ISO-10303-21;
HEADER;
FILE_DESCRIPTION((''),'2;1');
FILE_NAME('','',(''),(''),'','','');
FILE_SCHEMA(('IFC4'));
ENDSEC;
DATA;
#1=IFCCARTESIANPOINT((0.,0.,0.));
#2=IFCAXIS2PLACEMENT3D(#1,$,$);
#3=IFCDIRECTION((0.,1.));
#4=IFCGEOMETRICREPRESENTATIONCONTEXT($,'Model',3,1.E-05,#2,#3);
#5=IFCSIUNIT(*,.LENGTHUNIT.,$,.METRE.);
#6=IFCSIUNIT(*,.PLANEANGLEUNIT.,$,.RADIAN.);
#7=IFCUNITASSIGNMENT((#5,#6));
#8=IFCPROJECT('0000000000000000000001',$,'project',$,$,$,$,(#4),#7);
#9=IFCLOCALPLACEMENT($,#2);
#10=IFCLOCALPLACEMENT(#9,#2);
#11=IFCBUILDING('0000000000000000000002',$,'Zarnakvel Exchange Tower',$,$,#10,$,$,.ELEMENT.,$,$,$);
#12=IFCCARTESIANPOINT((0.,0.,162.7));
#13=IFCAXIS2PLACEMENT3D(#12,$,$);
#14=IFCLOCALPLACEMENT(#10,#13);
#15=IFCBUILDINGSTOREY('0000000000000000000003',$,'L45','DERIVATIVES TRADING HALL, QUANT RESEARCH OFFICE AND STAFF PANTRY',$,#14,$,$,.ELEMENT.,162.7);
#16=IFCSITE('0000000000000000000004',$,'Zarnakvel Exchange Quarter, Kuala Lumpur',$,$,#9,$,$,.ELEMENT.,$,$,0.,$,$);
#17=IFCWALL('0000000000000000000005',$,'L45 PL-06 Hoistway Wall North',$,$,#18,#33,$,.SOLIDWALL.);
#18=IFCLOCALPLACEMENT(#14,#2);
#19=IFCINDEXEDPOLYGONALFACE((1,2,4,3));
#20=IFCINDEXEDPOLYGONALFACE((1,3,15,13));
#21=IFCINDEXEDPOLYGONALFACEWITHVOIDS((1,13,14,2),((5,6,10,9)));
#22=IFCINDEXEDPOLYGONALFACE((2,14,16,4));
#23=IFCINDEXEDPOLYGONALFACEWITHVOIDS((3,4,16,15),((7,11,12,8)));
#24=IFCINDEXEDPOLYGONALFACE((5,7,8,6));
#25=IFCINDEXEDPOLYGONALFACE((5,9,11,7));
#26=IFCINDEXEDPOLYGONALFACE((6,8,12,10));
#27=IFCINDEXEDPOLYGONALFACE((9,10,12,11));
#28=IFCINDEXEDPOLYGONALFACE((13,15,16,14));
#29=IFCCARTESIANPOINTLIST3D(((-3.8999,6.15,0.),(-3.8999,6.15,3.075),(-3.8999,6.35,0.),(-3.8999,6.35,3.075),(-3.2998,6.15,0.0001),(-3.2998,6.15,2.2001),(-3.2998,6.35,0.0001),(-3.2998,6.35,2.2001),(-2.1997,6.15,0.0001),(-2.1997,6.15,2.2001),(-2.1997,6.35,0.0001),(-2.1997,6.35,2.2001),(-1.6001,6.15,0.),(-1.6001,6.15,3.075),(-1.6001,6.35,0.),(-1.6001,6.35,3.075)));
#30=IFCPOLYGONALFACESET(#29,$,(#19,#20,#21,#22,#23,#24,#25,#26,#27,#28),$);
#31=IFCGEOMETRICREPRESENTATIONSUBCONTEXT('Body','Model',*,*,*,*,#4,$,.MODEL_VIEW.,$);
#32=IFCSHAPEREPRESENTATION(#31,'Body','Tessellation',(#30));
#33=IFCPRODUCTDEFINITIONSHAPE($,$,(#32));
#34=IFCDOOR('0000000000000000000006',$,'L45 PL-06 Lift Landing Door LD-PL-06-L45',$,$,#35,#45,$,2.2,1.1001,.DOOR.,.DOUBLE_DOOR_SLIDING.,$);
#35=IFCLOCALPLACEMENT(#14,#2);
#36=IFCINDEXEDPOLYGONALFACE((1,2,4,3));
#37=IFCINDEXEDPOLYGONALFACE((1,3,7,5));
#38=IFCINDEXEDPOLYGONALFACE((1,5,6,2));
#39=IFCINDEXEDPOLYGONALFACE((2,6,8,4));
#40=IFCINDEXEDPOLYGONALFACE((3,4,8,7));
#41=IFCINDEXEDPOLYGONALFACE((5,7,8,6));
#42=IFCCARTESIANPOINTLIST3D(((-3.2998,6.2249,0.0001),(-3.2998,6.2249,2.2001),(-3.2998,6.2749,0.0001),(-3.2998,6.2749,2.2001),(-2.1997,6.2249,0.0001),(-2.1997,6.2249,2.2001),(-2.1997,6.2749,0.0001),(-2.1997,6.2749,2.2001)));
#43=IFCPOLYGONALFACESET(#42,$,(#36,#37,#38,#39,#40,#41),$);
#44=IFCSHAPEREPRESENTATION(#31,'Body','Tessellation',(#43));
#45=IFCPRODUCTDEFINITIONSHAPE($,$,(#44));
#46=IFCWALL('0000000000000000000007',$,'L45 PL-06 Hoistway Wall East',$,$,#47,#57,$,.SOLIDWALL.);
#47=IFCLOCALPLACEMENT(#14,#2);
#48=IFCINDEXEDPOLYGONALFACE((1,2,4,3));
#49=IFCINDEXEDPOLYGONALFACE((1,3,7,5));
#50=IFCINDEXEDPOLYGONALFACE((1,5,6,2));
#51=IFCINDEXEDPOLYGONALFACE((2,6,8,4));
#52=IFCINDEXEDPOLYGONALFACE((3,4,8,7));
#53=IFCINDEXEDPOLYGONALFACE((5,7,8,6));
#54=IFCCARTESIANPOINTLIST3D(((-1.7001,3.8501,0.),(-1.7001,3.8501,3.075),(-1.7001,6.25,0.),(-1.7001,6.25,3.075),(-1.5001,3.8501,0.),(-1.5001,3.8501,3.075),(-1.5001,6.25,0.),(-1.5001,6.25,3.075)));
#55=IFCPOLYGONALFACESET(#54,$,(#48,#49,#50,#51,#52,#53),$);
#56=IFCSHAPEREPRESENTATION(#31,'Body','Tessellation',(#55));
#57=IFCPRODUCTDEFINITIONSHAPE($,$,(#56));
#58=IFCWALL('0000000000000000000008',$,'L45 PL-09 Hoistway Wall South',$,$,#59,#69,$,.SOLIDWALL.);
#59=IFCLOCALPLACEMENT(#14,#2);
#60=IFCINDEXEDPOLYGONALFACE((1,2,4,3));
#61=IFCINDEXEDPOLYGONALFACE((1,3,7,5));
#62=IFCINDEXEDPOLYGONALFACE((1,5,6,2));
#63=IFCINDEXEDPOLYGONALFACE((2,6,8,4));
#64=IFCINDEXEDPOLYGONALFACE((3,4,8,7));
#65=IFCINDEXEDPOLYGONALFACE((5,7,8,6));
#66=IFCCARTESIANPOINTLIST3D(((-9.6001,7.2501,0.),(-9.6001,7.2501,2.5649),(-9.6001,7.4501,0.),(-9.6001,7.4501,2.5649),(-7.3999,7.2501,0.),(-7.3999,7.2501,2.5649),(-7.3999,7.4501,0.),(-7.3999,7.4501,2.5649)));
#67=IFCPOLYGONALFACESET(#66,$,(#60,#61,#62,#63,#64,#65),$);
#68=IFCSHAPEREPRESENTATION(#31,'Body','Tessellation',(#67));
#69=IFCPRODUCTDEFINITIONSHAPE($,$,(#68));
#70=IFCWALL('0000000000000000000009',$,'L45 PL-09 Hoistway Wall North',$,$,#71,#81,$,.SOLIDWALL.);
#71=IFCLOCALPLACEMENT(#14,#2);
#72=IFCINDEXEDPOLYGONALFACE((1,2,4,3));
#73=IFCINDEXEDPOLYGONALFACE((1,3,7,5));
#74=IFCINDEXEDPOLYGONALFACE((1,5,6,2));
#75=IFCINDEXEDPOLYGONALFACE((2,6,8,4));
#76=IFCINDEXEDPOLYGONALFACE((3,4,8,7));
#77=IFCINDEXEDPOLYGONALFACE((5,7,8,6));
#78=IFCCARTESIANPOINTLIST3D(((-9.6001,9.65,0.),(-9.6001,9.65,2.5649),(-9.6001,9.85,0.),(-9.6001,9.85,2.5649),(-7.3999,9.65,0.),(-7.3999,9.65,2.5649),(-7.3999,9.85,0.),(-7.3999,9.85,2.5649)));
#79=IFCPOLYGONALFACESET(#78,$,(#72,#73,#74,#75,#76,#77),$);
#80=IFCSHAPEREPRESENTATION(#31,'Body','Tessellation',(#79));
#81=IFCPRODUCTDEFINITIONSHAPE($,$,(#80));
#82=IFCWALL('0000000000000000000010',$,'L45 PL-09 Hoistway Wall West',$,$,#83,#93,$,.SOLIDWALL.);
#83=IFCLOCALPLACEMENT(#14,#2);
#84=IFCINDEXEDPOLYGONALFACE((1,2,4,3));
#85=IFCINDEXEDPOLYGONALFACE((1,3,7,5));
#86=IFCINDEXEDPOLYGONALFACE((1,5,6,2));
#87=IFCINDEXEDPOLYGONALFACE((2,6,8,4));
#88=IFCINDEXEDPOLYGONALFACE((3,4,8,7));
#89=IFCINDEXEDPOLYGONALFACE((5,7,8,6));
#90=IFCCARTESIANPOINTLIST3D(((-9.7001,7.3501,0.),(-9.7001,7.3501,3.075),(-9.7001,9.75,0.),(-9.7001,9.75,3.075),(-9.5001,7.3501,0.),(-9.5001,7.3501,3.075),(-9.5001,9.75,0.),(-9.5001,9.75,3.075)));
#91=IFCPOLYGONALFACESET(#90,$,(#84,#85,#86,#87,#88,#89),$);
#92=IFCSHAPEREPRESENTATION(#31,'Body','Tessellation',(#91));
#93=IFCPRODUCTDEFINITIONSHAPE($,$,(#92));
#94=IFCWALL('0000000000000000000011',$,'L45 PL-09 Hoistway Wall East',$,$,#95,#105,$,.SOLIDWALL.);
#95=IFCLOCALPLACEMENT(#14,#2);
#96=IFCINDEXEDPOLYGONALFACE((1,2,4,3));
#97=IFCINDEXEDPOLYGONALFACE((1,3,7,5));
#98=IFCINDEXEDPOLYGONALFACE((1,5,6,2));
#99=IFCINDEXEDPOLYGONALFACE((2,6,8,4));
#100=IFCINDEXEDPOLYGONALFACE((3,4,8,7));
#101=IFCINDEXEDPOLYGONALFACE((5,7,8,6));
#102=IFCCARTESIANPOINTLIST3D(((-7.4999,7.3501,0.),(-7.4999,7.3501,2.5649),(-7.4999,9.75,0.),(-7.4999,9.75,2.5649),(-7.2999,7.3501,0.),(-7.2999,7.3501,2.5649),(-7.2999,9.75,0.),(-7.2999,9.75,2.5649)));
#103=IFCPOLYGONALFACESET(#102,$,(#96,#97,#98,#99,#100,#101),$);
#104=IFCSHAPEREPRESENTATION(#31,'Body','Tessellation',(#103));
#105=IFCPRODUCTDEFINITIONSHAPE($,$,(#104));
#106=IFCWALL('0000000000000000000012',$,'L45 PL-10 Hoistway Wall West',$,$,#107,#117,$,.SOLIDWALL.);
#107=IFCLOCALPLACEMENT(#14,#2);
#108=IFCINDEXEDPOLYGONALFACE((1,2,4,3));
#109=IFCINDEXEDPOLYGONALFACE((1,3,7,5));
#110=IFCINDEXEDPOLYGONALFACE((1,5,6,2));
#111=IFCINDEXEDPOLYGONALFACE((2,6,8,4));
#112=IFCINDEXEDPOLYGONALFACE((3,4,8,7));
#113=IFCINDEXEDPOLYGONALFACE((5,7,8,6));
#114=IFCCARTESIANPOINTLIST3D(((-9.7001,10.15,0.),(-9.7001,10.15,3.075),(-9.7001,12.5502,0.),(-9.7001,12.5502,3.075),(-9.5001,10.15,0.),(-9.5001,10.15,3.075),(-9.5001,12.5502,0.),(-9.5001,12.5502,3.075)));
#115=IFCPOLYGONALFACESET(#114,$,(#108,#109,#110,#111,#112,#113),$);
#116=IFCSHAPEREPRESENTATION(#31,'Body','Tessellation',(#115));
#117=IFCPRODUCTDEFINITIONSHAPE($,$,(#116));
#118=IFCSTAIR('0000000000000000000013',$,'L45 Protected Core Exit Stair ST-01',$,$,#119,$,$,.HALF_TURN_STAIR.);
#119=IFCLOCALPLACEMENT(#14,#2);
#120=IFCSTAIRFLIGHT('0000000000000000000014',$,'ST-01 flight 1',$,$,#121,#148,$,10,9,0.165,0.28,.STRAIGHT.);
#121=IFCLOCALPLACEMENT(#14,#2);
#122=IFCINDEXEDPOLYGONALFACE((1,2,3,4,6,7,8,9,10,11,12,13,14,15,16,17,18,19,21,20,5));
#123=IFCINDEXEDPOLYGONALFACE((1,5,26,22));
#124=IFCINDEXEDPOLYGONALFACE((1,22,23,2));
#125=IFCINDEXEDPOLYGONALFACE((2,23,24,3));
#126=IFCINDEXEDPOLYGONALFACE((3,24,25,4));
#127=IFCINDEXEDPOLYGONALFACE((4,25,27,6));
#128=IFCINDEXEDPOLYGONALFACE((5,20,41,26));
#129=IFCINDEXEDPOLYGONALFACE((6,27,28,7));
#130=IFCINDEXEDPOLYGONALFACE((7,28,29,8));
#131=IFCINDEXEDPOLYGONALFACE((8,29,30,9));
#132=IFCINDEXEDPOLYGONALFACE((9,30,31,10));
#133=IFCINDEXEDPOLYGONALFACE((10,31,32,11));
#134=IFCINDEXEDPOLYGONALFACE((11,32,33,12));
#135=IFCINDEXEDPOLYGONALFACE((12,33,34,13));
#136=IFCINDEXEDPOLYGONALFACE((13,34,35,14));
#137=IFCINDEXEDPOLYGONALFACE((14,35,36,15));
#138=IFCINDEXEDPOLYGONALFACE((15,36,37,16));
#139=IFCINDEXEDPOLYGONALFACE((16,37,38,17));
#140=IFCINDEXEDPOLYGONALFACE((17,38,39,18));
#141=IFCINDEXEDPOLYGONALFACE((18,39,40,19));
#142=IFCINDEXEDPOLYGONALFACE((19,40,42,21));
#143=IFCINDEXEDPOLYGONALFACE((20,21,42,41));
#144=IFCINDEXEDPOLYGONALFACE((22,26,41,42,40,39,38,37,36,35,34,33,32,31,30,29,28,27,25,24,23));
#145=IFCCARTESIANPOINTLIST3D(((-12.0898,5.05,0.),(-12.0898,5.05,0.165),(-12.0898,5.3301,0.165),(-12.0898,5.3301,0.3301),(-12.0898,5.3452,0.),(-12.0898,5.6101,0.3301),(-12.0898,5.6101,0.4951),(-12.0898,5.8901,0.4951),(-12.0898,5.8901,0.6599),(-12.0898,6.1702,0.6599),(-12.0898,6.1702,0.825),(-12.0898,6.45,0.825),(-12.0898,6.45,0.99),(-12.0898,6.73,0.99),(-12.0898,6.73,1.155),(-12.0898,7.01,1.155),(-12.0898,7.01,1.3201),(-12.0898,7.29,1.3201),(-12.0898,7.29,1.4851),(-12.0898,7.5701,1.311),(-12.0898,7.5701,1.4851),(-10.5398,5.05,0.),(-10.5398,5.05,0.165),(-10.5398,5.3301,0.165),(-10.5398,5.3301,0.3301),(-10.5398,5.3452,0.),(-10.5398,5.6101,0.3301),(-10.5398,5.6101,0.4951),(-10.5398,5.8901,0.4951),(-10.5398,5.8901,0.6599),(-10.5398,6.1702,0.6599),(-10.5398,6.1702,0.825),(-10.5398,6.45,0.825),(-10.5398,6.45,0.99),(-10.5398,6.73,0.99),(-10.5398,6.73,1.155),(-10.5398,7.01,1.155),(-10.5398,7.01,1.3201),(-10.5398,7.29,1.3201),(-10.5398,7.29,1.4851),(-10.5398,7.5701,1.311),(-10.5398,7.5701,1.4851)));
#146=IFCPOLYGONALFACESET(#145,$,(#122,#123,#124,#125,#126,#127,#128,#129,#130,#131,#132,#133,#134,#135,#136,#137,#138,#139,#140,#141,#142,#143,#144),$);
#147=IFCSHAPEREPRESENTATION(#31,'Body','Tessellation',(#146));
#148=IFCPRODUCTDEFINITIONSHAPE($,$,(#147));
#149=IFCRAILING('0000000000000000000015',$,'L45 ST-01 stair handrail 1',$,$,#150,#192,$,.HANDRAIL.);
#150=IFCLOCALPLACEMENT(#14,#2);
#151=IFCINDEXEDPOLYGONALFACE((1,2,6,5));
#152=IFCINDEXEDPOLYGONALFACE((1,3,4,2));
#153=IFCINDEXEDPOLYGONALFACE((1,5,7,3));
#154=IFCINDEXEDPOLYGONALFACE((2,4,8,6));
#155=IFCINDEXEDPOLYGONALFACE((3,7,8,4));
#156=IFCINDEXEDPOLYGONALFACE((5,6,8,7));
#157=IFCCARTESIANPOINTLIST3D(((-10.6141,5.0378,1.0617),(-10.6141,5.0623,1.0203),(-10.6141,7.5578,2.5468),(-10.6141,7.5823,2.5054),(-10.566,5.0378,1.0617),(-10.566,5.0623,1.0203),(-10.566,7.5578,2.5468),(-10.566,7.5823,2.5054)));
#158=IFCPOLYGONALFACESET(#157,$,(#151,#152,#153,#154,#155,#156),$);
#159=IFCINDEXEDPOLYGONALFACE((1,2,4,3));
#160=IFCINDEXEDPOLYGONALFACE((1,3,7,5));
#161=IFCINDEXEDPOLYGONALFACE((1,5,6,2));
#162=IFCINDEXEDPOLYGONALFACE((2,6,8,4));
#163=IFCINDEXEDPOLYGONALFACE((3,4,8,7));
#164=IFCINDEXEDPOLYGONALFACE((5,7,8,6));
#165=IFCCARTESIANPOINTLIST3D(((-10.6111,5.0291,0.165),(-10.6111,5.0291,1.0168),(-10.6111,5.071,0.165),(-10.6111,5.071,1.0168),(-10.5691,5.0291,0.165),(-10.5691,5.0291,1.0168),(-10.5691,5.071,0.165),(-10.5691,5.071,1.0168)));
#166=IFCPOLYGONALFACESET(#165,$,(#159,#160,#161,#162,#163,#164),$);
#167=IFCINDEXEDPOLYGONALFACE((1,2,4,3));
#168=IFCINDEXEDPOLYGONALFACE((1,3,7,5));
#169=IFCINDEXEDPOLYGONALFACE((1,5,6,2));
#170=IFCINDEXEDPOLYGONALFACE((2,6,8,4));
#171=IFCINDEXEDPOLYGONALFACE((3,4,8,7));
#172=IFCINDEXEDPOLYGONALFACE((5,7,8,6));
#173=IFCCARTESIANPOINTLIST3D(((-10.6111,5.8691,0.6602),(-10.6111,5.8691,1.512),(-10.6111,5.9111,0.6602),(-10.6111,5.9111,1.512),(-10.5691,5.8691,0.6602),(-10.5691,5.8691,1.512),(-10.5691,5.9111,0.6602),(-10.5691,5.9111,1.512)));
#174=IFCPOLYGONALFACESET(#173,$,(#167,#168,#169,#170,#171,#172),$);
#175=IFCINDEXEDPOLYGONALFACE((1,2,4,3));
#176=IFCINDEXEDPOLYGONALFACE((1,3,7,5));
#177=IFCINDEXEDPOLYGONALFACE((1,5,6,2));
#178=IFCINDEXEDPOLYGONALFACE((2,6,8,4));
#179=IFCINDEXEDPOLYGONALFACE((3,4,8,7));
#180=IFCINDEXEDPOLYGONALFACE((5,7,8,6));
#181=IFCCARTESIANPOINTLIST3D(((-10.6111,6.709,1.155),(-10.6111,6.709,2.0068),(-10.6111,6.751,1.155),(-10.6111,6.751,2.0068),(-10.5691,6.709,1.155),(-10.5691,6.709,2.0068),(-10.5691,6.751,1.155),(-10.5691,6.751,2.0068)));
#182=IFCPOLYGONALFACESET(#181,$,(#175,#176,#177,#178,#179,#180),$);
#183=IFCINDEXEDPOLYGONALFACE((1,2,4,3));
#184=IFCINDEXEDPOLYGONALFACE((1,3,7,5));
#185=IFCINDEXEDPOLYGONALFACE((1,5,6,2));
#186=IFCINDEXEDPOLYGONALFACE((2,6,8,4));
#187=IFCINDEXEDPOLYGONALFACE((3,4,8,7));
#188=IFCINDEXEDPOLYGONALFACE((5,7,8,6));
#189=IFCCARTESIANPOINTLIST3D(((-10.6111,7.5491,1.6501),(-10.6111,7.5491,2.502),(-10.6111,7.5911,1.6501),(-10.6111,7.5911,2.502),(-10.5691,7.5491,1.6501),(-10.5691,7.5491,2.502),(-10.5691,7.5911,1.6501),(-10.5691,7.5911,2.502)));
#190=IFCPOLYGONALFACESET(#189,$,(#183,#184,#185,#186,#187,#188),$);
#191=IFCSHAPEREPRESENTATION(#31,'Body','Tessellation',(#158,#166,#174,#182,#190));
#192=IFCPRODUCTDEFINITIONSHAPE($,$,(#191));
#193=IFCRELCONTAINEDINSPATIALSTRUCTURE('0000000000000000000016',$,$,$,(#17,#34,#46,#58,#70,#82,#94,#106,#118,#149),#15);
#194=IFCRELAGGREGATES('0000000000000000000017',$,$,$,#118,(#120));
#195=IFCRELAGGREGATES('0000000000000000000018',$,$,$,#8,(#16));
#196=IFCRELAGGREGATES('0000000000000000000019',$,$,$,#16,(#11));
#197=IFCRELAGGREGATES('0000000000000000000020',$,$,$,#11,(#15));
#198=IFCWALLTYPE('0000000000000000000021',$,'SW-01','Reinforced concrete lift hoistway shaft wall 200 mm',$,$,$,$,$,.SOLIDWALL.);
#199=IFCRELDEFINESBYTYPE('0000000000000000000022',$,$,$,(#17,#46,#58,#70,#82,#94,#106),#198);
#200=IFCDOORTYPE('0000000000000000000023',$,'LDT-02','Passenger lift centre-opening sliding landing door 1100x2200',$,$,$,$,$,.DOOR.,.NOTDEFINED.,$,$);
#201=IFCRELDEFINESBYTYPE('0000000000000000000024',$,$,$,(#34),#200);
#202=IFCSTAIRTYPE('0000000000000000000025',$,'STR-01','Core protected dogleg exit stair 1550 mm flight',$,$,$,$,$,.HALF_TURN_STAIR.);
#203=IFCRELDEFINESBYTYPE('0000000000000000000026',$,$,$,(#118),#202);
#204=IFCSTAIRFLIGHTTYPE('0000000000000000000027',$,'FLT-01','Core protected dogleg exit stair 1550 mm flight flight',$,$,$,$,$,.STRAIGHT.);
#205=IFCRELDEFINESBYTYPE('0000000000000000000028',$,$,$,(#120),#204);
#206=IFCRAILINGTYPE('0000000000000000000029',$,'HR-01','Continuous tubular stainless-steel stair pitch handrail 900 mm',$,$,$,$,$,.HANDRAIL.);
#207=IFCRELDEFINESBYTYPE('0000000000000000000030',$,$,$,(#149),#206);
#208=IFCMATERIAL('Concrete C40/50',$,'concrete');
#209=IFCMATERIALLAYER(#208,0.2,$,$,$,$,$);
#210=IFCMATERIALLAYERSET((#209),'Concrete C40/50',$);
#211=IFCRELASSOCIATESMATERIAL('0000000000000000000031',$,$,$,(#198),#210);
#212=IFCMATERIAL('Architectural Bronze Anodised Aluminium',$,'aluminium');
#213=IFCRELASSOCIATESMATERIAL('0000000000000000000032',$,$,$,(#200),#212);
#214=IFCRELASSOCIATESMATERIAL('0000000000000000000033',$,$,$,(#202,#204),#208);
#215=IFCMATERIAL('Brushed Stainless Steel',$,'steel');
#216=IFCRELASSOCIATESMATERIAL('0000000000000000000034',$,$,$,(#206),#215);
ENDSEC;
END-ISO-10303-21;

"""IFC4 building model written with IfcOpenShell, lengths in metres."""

from ifc_helpers import new_model, si_unit, direction, frame, frame_2d, origin, origin_2d, place, context, subcontext, project, spatial, polyline, rectangle, outline, extrude, source, transform, mapped, material, layer, layer_set, type_object, element, fill, aggregate, save


model = new_model("IFC4")

# Units and contexts
model_context = context("Model", 3, precision=1e-05, world=origin(), true_north=direction((0.0, 1.0)))
body_context = subcontext(model_context, "Body", "Model", "MODEL_VIEW")
ifc_project = project(units=[si_unit("LENGTHUNIT", "METRE"), si_unit("PLANEANGLEUNIT", "RADIAN")], contexts=[model_context])

# Site, building, storey
site_placement = place(None, origin())
site = spatial("IfcSite", under=ifc_project, at=site_placement, Name="Zarnakvel Exchange Quarter, Kuala Lumpur", CompositionType="ELEMENT", RefElevation=0.0)
building_placement = place(site_placement, origin())
building = spatial("IfcBuilding", under=site, at=building_placement, Name="Zarnakvel Exchange Tower", CompositionType="ELEMENT")
storey_placement = place(building_placement, frame((0.0, 0.0, 162.7)))
storey = spatial("IfcBuildingStorey", under=building, at=storey_placement, Name="L45", Description="DERIVATIVES TRADING HALL, QUANT RESEARCH OFFICE AND STAFF PANTRY", CompositionType="ELEMENT", Elevation=162.7)

# Shared definitions
ifc_material_1 = material(Name="Concrete C40/50", Category="concrete")
ifc_layer_1 = layer(ifc_material_1, 0.2)
ifc_layer_set_1 = layer_set([ifc_layer_1], Name="Concrete C40/50")
wall_type_1 = type_object("IfcWallType", Name="SW-01", Description="Reinforced concrete lift hoistway shaft wall 200 mm", PredefinedType="SOLIDWALL", material=ifc_layer_set_1)
ifc_material_2 = material(Name="Brushed Stainless Steel", Category="steel")
shared_shape = source(origin(), body_context, "Body", "SweptSolid", [
    extrude(rectangle(XDim=1.1001, YDim=2.2, at=frame_2d((0.55, 1.1001))), frame((0.0, 0.0249, 0.0), z_axis=(0.0, -1.0, 0.0), x_axis=(1.0, 0.0, 0.0)), (0.0, 0.0, 1.0), 0.05),
])

# Shared definitions
ifc_material_3 = material(Name="Architectural Bronze Anodised Aluminium", Category="aluminium")
door_type_1 = type_object("IfcDoorType", Name="LDT-02", Description="Passenger lift centre-opening sliding landing door 1100x2200", OperationType="NOTDEFINED", PredefinedType="DOOR", material=ifc_material_3)

# Wall, opening, door
wall_1_placement = place(storey_placement, frame((-3.8999, 6.25, 0.0), z_axis=(0.0, 0.0, 1.0), x_axis=(1.0, 0.0, 0.0)))
wall_1 = element("IfcWall", 1, at=wall_1_placement, inside=storey, type_object=wall_type_1, Name="L45 PL-06 Hoistway Wall North", PredefinedType="SOLIDWALL", context=body_context, shape_type="SweptSolid", body=[
    extrude(rectangle(XDim=2.2998, YDim=0.2, at=frame_2d((1.1499, 0.0))), origin(), (0.0, 0.0, 1.0), 3.075),
])
opening_1_placement = place(wall_1_placement, frame((0.6001, 0.0, 0.0)))
opening_1 = element("IfcOpeningElement", 2, at=opening_1_placement, cuts=wall_1, PredefinedType="OPENING", context=body_context, shape_type="SweptSolid", body=[
    extrude(rectangle(XDim=1.1001, YDim=2.2, at=frame_2d((0.55, 1.1001))), frame((0.0, 0.1099, 0.0), z_axis=(0.0, -1.0, 0.0), x_axis=(1.0, 0.0, 0.0)), (0.0, 0.0, 1.0), 0.22),
])
door_1_placement = place(opening_1_placement, origin())
door_1 = element("IfcDoor", 3, at=door_1_placement, inside=storey, type_object=door_type_1, Name="L45 PL-06 Lift Landing Door LD-PL-06-L45", OperationType="DOUBLE_DOOR_SLIDING", OverallHeight=2.2, OverallWidth=1.1001, PredefinedType="DOOR", context=body_context, shape_type="MappedRepresentation", body=[
    mapped(shared_shape, transform((0.0, 0.0, 0.0), x_axis=(1.0, 0.0, 0.0), y_axis=(0.0, 1.0, 0.0), z_axis=(0.0, 0.0, 1.0), scale=1.0)),
])
fill(opening_1, door_1)

# Walls
wall_2_placement = place(storey_placement, frame((-1.6001, 6.25, 0.0), z_axis=(0.0, 0.0, 1.0), x_axis=(0.0, -1.0, 0.0)))
element("IfcWall", 4, at=wall_2_placement, inside=storey, type_object=wall_type_1, Name="L45 PL-06 Hoistway Wall East", PredefinedType="SOLIDWALL", context=body_context, shape_type="SweptSolid", body=[
    extrude(rectangle(XDim=2.3999, YDim=0.2, at=frame_2d((1.2, 0.0))), origin(), (0.0, 0.0, 1.0), 3.075),
])
for number, where, z_axis, x_axis, name in (
    (5, (-7.3999, 7.3501, 0.0), (0.0, 0.0, 1.0), (-1.0, 0.0, 0.0), "L45 PL-09 Hoistway Wall South"),
    (6, (-9.6001, 9.75, 0.0), (0.0, 0.0, 1.0), (1.0, 0.0, 0.0), "L45 PL-09 Hoistway Wall North"),
):
    element("IfcWall", number, at=place(storey_placement, frame(where, z_axis=z_axis, x_axis=x_axis)), inside=storey, type_object=wall_type_1, Name=name, PredefinedType="SOLIDWALL", context=body_context, shape_type="SweptSolid", body=[
        extrude(rectangle(XDim=2.2002, YDim=0.2, at=frame_2d((1.1001, 0.0))), origin(), (0.0, 0.0, 1.0), 2.5649),
    ])
wall_3_placement = place(storey_placement, frame((-9.6001, 7.3501, 0.0), z_axis=(0.0, 0.0, 1.0), x_axis=(0.0, 1.0, 0.0)))
element("IfcWall", 7, at=wall_3_placement, inside=storey, type_object=wall_type_1, Name="L45 PL-09 Hoistway Wall West", PredefinedType="SOLIDWALL", context=body_context, shape_type="SweptSolid", body=[
    extrude(rectangle(XDim=2.3999, YDim=0.2, at=frame_2d((1.2, 0.0))), origin(), (0.0, 0.0, 1.0), 3.075),
])
wall_4_placement = place(storey_placement, frame((-7.3999, 9.75, 0.0), z_axis=(0.0, 0.0, 1.0), x_axis=(0.0, -1.0, 0.0)))
element("IfcWall", 8, at=wall_4_placement, inside=storey, type_object=wall_type_1, Name="L45 PL-09 Hoistway Wall East", PredefinedType="SOLIDWALL", context=body_context, shape_type="SweptSolid", body=[
    extrude(rectangle(XDim=2.3999, YDim=0.2, at=frame_2d((1.2, 0.0))), origin(), (0.0, 0.0, 1.0), 2.5649),
])
wall_5_placement = place(storey_placement, frame((-9.6001, 10.1499, 0.0), z_axis=(0.0, 0.0, 1.0), x_axis=(0.0, 1.0, 0.0)))
element("IfcWall", 9, at=wall_5_placement, inside=storey, type_object=wall_type_1, Name="L45 PL-10 Hoistway Wall West", PredefinedType="SOLIDWALL", context=body_context, shape_type="SweptSolid", body=[
    extrude(rectangle(XDim=2.4001, YDim=0.2, at=frame_2d((1.2002, 0.0))), origin(), (0.0, 0.0, 1.0), 3.075),
])

# Stair, stair flight
stair_type = type_object("IfcStairType", Name="STR-01", Description="Core protected dogleg exit stair 1550 mm flight", PredefinedType="HALF_TURN_STAIR", material=ifc_material_1)
stair_placement = place(storey_placement, origin())
stair = element("IfcStair", 10, at=stair_placement, inside=storey, type_object=stair_type, Name="L45 Protected Core Exit Stair ST-01", PredefinedType="HALF_TURN_STAIR")
stair_flight_type = type_object("IfcStairFlightType", Name="FLT-01", Description="Core protected dogleg exit stair 1550 mm flight flight", PredefinedType="STRAIGHT", material=ifc_material_1)
stair_flight_placement = place(storey_placement, frame((-11.3149, 5.05, 0.0), z_axis=(0.0, 0.0, 1.0), x_axis=(0.0, 1.0, 0.0)))
stair_flight = element("IfcStairFlight", 11, at=stair_flight_placement, type_object=stair_flight_type, Name="ST-01 flight 1", NumberOfRisers=10, NumberOfTreads=9, PredefinedType="STRAIGHT", RiserHeight=0.165, TreadLength=0.28, context=body_context, shape_type="SweptSolid", body=[
    extrude(outline(polyline([(0.0, 0.0), (0.0, 0.165), (0.28, 0.165), (0.28, 0.3301), (0.5601, 0.3301), (0.5601, 0.4951), (0.8401, 0.4951), (0.8401, 0.6599), (1.1201, 0.6599), (1.1201, 0.825), (1.3999, 0.825), (1.3999, 0.99), (1.6799, 0.99), (1.6799, 1.155), (1.96, 1.155), (1.96, 1.3201), (2.24, 1.3201), (2.24, 1.4851), (2.52, 1.4851), (2.52, 1.6499), (2.52, 1.311), (0.2952, 0.0), (0.0, 0.0)])), frame((0.0, 0.7749, 0.0), z_axis=(0.0, -1.0, 0.0), x_axis=(1.0, 0.0, 0.0)), (0.0, 0.0, 1.0), 1.55),
])
aggregate(stair, [stair_flight])

# Railing
railing_type_1 = type_object("IfcRailingType", Name="HR-01", Description="Continuous tubular stainless-steel stair pitch handrail 900 mm", PredefinedType="HANDRAIL", material=ifc_material_2)
railing_1_placement = place(storey_placement, frame((-10.5901, 5.05, 0.165)))
element("IfcRailing", 12, at=railing_1_placement, inside=storey, type_object=railing_type_1, Name="L45 ST-01 stair handrail 1", PredefinedType="HANDRAIL", context=body_context, shape_type="SweptSolid", body=[
    extrude(rectangle(XDim=0.0481, YDim=0.0481, at=origin_2d()), frame((0.0, 0.0, 0.876), z_axis=(0.0, 0.861524, 0.507717), x_axis=(-1.0, 0.0, 0.0)), (0.0, 0.0, 1.0), 2.925),
    extrude(rectangle(XDim=0.042, YDim=0.042, at=origin_2d()), origin(), (0.0, 0.0, 1.0), 0.8518),
    extrude(rectangle(XDim=0.042, YDim=0.042, at=origin_2d()), frame((0.0, 0.8401, 0.4951)), (0.0, 0.0, 1.0), 0.8518),
    extrude(rectangle(XDim=0.042, YDim=0.042, at=origin_2d()), frame((0.0, 1.6799, 0.99)), (0.0, 0.0, 1.0), 0.8518),
    extrude(rectangle(XDim=0.042, YDim=0.042, at=origin_2d()), frame((0.0, 2.52, 1.4851)), (0.0, 0.0, 1.0), 0.8518),
])

save(model, "model.ifc")
